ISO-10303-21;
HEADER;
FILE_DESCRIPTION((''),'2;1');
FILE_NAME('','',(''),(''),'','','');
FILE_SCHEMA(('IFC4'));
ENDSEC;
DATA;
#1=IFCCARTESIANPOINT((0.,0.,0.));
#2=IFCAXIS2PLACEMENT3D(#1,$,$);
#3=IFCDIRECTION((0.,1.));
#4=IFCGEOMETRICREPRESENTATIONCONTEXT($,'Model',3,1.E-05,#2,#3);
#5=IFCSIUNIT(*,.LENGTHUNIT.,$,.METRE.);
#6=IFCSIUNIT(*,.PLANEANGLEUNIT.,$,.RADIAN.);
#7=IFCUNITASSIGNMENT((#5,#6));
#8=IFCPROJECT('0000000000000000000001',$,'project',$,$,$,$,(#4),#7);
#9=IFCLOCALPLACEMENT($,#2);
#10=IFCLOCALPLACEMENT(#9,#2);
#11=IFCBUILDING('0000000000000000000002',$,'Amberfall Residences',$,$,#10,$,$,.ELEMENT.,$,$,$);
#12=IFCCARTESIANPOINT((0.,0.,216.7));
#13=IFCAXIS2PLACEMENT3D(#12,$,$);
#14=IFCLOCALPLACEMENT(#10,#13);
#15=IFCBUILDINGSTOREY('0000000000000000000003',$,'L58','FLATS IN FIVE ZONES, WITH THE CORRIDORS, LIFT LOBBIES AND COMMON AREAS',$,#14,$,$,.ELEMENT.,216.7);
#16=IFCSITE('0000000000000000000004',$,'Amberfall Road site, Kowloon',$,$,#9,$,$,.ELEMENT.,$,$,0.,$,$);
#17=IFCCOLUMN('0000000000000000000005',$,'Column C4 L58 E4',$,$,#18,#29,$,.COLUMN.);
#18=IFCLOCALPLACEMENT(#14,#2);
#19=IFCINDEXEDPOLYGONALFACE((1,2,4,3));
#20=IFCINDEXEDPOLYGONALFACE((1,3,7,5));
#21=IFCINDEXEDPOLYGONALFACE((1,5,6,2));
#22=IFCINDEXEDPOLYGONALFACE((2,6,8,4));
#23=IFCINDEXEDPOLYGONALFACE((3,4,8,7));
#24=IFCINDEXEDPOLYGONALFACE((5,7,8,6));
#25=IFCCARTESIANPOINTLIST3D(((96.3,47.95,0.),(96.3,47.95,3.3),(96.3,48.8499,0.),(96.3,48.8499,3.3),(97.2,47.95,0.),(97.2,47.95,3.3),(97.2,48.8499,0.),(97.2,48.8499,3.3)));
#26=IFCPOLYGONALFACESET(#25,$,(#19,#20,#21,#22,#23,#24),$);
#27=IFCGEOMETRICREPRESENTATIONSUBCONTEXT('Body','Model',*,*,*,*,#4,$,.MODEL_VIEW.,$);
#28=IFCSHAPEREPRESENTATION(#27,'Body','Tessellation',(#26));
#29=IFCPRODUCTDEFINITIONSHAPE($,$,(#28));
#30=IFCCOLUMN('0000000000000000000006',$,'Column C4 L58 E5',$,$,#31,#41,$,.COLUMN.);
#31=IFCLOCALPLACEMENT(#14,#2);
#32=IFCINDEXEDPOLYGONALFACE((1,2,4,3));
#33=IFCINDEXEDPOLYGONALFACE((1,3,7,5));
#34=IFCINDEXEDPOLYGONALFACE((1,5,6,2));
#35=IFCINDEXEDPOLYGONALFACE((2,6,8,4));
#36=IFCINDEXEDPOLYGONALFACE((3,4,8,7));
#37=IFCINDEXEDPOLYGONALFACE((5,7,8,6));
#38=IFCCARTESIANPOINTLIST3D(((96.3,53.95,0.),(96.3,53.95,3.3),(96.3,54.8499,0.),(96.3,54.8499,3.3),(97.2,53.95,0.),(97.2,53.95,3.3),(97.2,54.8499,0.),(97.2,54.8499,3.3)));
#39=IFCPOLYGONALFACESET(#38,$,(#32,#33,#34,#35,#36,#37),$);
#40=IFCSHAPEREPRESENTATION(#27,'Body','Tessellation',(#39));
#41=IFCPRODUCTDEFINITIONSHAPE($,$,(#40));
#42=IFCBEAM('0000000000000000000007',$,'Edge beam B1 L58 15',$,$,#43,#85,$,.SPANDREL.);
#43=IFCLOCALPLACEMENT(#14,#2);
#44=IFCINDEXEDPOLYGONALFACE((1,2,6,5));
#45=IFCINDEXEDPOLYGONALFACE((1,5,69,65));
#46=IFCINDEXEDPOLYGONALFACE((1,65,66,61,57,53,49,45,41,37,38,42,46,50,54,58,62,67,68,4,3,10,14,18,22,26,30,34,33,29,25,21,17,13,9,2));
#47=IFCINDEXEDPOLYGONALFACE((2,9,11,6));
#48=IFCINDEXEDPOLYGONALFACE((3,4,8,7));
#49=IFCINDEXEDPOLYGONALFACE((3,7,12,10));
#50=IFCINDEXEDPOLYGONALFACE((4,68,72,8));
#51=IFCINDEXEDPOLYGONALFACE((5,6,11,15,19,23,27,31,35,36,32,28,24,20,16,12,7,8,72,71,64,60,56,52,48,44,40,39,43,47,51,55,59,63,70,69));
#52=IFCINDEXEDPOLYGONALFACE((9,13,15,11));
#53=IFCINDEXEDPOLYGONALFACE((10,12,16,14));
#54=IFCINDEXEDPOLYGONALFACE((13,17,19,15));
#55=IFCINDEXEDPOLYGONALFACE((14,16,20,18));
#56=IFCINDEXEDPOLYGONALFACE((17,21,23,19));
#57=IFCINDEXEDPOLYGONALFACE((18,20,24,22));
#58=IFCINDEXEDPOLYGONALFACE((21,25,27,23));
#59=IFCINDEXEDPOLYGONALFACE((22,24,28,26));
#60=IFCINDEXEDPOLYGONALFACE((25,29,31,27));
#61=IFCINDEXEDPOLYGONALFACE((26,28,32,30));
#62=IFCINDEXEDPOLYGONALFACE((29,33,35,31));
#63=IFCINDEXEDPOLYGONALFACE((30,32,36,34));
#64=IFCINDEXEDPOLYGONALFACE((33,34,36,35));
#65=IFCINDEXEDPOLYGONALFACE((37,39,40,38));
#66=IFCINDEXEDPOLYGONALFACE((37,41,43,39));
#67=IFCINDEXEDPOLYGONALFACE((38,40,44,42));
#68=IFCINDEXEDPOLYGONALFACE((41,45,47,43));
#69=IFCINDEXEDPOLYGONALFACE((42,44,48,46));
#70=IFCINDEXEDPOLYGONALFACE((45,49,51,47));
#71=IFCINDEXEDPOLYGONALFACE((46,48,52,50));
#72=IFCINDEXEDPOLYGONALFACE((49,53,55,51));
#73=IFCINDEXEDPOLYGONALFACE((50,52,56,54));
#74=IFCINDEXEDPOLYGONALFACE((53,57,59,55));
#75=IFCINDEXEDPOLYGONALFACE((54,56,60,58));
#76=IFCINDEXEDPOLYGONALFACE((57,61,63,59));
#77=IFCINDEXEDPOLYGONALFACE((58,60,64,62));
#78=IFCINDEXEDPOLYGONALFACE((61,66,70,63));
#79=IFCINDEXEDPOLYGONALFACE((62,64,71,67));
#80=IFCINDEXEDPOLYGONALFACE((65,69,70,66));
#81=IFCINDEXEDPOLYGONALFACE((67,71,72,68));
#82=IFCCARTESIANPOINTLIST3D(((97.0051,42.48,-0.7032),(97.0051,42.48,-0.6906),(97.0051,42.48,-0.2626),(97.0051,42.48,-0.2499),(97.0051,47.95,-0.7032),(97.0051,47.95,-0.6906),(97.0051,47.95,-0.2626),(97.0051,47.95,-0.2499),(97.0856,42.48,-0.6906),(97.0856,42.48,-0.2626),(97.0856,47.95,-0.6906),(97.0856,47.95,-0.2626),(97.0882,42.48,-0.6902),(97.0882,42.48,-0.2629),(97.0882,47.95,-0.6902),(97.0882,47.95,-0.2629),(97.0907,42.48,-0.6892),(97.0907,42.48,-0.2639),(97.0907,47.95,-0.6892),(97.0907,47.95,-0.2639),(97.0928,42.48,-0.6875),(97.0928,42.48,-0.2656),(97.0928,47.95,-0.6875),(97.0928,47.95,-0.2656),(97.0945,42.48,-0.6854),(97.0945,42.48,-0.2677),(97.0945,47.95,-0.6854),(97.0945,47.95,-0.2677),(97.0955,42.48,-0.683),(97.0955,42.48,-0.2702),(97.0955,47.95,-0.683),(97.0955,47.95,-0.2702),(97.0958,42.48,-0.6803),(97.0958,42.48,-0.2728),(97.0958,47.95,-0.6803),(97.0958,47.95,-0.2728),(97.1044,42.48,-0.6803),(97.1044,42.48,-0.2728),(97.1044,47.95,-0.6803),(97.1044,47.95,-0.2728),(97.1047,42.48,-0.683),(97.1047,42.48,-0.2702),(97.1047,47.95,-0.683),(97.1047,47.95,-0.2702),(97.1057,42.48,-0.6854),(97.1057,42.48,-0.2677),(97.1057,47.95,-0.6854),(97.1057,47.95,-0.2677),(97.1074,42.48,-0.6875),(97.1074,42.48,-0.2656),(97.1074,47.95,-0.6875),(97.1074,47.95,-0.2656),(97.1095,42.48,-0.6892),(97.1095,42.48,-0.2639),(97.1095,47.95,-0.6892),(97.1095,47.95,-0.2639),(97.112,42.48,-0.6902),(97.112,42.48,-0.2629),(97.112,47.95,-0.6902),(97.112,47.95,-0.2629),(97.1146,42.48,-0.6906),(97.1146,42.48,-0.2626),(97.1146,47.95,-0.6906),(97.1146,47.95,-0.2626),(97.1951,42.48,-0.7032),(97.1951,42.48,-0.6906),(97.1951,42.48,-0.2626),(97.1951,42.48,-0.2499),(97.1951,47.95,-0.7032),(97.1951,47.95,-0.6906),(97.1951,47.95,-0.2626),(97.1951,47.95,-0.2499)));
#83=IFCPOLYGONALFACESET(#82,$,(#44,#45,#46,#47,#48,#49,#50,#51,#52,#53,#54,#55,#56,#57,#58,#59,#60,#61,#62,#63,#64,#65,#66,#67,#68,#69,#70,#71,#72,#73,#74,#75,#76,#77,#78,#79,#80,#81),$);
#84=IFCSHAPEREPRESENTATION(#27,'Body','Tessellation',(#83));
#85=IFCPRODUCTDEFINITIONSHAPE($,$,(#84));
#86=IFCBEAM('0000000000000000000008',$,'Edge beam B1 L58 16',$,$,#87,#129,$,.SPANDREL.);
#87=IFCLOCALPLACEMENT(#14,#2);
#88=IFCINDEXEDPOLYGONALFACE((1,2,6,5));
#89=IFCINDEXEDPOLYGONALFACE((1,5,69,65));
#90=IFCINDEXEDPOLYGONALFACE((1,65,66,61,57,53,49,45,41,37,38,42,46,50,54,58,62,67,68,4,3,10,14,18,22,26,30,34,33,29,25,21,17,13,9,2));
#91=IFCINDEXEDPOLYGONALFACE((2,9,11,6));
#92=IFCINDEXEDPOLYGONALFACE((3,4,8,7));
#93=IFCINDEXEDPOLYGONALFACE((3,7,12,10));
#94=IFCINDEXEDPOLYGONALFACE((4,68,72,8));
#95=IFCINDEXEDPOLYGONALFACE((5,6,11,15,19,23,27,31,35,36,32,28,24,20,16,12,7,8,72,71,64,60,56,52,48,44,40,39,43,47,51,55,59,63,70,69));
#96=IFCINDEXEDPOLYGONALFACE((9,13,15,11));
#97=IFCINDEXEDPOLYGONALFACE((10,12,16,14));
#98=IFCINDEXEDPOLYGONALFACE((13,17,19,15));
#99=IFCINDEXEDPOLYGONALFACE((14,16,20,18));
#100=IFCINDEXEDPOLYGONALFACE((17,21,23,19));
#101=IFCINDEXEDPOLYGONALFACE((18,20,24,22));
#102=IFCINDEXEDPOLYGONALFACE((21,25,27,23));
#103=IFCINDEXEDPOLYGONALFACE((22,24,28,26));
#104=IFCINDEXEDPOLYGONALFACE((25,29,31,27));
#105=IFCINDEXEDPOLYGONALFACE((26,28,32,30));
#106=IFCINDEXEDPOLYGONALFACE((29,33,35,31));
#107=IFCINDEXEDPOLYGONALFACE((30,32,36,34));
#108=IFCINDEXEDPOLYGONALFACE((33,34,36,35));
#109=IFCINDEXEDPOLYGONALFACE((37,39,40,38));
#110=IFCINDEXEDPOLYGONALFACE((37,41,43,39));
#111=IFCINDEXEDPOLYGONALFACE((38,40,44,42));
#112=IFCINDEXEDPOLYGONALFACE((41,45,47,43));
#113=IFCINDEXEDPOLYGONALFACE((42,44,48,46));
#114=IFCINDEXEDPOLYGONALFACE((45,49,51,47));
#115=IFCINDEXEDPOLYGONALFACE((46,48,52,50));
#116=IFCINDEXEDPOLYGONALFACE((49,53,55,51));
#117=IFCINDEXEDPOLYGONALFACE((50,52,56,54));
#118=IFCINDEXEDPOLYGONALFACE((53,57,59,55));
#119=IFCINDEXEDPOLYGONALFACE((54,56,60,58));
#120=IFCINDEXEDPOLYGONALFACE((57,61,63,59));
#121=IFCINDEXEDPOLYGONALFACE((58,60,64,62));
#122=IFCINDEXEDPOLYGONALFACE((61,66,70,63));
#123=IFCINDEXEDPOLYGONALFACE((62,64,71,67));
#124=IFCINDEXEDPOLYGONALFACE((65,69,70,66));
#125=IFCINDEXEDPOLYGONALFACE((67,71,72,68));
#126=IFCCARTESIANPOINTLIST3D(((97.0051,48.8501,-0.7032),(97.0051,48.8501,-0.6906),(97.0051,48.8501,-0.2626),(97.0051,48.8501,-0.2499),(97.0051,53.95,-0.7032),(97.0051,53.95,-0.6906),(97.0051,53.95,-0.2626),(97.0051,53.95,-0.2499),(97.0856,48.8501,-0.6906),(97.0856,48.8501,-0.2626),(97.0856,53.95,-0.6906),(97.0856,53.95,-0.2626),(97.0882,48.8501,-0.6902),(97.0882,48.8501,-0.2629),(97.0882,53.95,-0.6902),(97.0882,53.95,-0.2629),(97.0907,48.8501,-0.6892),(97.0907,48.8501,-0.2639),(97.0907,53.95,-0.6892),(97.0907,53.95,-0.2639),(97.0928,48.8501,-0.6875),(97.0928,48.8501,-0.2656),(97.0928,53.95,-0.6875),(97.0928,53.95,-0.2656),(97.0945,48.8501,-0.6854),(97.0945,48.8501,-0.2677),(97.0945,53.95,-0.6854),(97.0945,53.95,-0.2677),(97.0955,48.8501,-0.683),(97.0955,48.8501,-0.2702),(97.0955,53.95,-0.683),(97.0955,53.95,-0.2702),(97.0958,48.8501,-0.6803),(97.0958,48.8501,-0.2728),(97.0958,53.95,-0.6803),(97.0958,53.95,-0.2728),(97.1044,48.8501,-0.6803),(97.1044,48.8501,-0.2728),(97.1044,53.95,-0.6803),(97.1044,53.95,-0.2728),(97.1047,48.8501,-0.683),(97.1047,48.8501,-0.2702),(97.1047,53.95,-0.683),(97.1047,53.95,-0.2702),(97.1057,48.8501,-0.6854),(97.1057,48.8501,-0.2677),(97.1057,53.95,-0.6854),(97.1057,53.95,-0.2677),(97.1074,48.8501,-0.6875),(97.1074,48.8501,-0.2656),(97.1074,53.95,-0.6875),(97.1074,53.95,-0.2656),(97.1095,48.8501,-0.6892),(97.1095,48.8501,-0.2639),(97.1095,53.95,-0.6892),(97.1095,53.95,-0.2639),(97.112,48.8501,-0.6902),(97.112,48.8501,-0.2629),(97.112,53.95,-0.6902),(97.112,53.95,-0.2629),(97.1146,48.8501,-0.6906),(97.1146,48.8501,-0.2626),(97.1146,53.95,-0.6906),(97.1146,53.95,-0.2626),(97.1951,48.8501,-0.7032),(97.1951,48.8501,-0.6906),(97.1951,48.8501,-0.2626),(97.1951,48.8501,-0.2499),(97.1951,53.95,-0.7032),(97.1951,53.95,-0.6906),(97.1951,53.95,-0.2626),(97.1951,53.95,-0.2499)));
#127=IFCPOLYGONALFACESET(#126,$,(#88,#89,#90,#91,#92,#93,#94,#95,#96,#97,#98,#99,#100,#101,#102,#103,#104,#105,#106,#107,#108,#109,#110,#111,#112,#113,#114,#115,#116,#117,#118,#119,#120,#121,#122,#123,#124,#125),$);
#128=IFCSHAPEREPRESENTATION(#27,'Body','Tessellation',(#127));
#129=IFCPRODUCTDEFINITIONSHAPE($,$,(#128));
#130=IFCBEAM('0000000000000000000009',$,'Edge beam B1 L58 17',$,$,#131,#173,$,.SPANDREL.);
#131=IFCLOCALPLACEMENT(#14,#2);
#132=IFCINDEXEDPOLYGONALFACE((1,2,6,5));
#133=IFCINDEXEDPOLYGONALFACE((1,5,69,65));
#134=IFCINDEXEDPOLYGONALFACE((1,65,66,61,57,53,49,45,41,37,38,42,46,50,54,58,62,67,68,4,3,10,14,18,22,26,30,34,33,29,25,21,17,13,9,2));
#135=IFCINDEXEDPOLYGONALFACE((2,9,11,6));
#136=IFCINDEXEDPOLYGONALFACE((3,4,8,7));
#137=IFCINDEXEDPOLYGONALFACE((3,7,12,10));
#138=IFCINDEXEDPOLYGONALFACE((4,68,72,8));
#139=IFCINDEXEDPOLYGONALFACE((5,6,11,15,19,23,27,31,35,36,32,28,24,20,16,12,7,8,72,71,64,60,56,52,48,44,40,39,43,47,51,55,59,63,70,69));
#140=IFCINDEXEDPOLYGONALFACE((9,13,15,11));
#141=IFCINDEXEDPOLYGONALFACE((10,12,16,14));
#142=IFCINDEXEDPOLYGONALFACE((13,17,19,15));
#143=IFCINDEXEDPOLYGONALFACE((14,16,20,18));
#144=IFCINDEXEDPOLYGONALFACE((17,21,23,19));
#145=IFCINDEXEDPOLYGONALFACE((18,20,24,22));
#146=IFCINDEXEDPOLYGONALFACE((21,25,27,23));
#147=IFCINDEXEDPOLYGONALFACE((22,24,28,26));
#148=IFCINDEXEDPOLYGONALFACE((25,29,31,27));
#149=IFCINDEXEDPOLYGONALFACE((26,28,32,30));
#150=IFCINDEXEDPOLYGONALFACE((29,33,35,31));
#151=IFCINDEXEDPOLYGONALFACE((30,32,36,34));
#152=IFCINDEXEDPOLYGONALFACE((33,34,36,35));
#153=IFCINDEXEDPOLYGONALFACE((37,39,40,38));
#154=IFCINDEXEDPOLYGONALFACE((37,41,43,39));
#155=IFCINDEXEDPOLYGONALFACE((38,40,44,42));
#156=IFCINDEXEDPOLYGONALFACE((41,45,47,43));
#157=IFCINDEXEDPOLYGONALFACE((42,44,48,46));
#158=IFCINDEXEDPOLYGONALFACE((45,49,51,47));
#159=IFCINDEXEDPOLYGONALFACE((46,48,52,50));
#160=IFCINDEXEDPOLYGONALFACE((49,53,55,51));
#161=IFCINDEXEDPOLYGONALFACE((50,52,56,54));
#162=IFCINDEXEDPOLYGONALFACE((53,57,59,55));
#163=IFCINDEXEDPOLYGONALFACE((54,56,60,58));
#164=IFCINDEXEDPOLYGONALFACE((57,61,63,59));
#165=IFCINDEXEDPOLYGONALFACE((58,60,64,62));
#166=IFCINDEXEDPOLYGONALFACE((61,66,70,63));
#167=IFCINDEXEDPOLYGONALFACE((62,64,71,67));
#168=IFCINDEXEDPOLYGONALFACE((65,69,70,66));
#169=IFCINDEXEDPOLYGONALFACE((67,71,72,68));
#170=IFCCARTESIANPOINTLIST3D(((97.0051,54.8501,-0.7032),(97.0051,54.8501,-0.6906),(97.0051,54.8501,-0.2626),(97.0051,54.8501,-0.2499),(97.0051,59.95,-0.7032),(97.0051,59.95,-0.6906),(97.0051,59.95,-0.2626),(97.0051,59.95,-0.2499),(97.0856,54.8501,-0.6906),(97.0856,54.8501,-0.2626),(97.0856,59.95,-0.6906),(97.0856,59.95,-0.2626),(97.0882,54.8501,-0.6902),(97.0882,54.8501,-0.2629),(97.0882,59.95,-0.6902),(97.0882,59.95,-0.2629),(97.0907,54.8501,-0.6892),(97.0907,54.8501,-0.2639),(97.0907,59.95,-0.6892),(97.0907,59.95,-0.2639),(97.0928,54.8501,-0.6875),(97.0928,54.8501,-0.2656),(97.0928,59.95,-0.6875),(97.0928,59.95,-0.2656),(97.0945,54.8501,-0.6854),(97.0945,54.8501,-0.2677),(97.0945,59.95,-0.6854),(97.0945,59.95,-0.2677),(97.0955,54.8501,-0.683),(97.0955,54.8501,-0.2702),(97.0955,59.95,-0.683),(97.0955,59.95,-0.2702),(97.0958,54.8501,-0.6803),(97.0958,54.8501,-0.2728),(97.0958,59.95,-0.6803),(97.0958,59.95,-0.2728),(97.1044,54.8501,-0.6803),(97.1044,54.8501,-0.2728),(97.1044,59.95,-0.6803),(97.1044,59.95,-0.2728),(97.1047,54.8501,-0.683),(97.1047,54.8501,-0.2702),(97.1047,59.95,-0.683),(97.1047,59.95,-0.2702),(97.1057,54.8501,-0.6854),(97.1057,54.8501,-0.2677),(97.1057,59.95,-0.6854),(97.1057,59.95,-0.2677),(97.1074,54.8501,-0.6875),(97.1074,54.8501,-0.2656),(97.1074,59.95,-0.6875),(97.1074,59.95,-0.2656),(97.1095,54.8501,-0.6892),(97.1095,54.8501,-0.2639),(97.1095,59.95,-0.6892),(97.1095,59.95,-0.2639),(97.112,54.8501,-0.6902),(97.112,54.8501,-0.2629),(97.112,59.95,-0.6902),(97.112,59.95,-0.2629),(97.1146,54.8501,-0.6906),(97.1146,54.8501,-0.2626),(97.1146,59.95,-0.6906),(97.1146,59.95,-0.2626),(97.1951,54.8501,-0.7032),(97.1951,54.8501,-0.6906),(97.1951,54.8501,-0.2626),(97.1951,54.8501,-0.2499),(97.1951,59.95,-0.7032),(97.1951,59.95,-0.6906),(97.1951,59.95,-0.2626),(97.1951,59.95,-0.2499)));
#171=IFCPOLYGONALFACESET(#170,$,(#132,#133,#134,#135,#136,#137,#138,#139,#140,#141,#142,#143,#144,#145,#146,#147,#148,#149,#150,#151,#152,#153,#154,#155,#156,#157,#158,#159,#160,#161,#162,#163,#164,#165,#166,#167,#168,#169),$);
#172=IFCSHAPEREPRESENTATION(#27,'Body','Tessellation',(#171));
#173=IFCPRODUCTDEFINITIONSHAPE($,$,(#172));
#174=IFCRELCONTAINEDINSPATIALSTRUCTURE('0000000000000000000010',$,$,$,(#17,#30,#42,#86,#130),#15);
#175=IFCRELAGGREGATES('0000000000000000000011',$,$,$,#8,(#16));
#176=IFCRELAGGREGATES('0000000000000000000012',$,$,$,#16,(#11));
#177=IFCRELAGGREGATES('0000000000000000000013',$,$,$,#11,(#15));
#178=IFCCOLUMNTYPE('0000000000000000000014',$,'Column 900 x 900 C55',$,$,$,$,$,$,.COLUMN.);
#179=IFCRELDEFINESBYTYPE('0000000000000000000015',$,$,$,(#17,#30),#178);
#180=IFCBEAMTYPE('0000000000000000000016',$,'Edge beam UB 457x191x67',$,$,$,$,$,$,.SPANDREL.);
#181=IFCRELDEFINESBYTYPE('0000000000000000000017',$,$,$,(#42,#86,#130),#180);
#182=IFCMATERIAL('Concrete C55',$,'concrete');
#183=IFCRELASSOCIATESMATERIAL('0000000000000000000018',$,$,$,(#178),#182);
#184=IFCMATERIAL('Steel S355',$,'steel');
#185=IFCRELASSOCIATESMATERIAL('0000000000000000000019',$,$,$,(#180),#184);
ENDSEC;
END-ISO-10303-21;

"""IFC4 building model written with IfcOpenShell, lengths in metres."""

from ifc_helpers import new_model, si_unit, direction, frame, origin, origin_2d, place, context, subcontext, project, spatial, rectangle, i_section, extrude, material, material_profile, profile_set, type_object, element, save


model = new_model("IFC4")

# Units and contexts
model_context = context("Model", 3, precision=1e-05, world=origin(), true_north=direction((0.0, 1.0)))
body_context = subcontext(model_context, "Body", "Model", "MODEL_VIEW")
ifc_project = project(units=[si_unit("LENGTHUNIT", "METRE"), si_unit("PLANEANGLEUNIT", "RADIAN")], contexts=[model_context])

# Site, building, storey
site_placement = place(None, origin())
site = spatial("IfcSite", under=ifc_project, at=site_placement, Name="Amberfall Road site, Kowloon", CompositionType="ELEMENT", RefElevation=0.0)
building_placement = place(site_placement, origin())
building = spatial("IfcBuilding", under=site, at=building_placement, Name="Amberfall Residences", CompositionType="ELEMENT")
storey_placement = place(building_placement, frame((0.0, 0.0, 216.7)))
storey = spatial("IfcBuildingStorey", under=building, at=storey_placement, Name="L58", Description="FLATS IN FIVE ZONES, WITH THE CORRIDORS, LIFT LOBBIES AND COMMON AREAS", CompositionType="ELEMENT", Elevation=216.7)

# Columns
ifc_material_1 = material(Name="Concrete C55", Category="concrete")
ifc_material_profile_1 = material_profile(ifc_material_1, rectangle(XDim=0.8999, YDim=0.8999, at=origin_2d()), Name="Column 900 x 900 C55")
ifc_profile_set_1 = profile_set([ifc_material_profile_1], Name="Concrete C55")
column_type = type_object("IfcColumnType", Name="Column 900 x 900 C55", PredefinedType="COLUMN", material=ifc_profile_set_1)
for number, where, z_axis, x_axis, name in (
    (1, (96.75, 48.3999, 0.0), (0.0, 0.0, 1.0), (1.0, 0.0, 0.0), "Column C4 L58 E4"),
    (2, (96.75, 54.3999, 0.0), (0.0, 0.0, 1.0), (1.0, 0.0, 0.0), "Column C4 L58 E5"),
):
    element("IfcColumn", number, at=place(storey_placement, frame(where, z_axis=z_axis, x_axis=x_axis)), inside=storey, type_object=column_type, Name=name, PredefinedType="COLUMN", context=body_context, shape_type="SweptSolid", body=[
        extrude(rectangle(XDim=0.8999, YDim=0.8999, at=origin_2d()), origin(), (0.0, 0.0, 1.0), 3.3),
    ])

# Beams
ifc_material_2 = material(Name="Steel S355", Category="steel")
ifc_material_profile_2 = material_profile(ifc_material_2, i_section(OverallWidth=0.1899, OverallDepth=0.4534, WebThickness=0.0085, FlangeThickness=0.0127, FilletRadius=0.0103, at=origin_2d()), Name="UB 457x191x67")
ifc_profile_set_2 = profile_set([ifc_material_profile_2], Name="Steel S355")
beam_type_1 = type_object("IfcBeamType", Name="Edge beam UB 457x191x67", PredefinedType="SPANDREL", material=ifc_profile_set_2)
beam_placement = place(storey_placement, frame((97.1001, 42.48, -0.4766), z_axis=(0.0, 1.0, 0.0), x_axis=(-1.0, 0.0, 0.0)))
element("IfcBeam", 3, at=beam_placement, inside=storey, type_object=beam_type_1, Name="Edge beam B1 L58 15", PredefinedType="SPANDREL", context=body_context, shape_type="SweptSolid", body=[
    extrude(i_section(OverallWidth=0.1899, OverallDepth=0.4534, WebThickness=0.0085, FlangeThickness=0.0127, FilletRadius=0.0103, at=origin_2d()), origin(), (0.0, 0.0, 1.0), 5.47),
])
for number, where, z_axis, x_axis, name in (
    (4, (97.1001, 48.8501, -0.4766), (0.0, 1.0, 0.0), (-1.0, 0.0, 0.0), "Edge beam B1 L58 16"),
    (5, (97.1001, 54.8501, -0.4766), (0.0, 1.0, 0.0), (-1.0, 0.0, 0.0), "Edge beam B1 L58 17"),
):
    element("IfcBeam", number, at=place(storey_placement, frame(where, z_axis=z_axis, x_axis=x_axis)), inside=storey, type_object=beam_type_1, Name=name, PredefinedType="SPANDREL", context=body_context, shape_type="SweptSolid", body=[
        extrude(i_section(OverallWidth=0.1899, OverallDepth=0.4534, WebThickness=0.0085, FlangeThickness=0.0127, FilletRadius=0.0103, at=origin_2d()), origin(), (0.0, 0.0, 1.0), 5.0999),
    ])

save(model, "model.ifc")
